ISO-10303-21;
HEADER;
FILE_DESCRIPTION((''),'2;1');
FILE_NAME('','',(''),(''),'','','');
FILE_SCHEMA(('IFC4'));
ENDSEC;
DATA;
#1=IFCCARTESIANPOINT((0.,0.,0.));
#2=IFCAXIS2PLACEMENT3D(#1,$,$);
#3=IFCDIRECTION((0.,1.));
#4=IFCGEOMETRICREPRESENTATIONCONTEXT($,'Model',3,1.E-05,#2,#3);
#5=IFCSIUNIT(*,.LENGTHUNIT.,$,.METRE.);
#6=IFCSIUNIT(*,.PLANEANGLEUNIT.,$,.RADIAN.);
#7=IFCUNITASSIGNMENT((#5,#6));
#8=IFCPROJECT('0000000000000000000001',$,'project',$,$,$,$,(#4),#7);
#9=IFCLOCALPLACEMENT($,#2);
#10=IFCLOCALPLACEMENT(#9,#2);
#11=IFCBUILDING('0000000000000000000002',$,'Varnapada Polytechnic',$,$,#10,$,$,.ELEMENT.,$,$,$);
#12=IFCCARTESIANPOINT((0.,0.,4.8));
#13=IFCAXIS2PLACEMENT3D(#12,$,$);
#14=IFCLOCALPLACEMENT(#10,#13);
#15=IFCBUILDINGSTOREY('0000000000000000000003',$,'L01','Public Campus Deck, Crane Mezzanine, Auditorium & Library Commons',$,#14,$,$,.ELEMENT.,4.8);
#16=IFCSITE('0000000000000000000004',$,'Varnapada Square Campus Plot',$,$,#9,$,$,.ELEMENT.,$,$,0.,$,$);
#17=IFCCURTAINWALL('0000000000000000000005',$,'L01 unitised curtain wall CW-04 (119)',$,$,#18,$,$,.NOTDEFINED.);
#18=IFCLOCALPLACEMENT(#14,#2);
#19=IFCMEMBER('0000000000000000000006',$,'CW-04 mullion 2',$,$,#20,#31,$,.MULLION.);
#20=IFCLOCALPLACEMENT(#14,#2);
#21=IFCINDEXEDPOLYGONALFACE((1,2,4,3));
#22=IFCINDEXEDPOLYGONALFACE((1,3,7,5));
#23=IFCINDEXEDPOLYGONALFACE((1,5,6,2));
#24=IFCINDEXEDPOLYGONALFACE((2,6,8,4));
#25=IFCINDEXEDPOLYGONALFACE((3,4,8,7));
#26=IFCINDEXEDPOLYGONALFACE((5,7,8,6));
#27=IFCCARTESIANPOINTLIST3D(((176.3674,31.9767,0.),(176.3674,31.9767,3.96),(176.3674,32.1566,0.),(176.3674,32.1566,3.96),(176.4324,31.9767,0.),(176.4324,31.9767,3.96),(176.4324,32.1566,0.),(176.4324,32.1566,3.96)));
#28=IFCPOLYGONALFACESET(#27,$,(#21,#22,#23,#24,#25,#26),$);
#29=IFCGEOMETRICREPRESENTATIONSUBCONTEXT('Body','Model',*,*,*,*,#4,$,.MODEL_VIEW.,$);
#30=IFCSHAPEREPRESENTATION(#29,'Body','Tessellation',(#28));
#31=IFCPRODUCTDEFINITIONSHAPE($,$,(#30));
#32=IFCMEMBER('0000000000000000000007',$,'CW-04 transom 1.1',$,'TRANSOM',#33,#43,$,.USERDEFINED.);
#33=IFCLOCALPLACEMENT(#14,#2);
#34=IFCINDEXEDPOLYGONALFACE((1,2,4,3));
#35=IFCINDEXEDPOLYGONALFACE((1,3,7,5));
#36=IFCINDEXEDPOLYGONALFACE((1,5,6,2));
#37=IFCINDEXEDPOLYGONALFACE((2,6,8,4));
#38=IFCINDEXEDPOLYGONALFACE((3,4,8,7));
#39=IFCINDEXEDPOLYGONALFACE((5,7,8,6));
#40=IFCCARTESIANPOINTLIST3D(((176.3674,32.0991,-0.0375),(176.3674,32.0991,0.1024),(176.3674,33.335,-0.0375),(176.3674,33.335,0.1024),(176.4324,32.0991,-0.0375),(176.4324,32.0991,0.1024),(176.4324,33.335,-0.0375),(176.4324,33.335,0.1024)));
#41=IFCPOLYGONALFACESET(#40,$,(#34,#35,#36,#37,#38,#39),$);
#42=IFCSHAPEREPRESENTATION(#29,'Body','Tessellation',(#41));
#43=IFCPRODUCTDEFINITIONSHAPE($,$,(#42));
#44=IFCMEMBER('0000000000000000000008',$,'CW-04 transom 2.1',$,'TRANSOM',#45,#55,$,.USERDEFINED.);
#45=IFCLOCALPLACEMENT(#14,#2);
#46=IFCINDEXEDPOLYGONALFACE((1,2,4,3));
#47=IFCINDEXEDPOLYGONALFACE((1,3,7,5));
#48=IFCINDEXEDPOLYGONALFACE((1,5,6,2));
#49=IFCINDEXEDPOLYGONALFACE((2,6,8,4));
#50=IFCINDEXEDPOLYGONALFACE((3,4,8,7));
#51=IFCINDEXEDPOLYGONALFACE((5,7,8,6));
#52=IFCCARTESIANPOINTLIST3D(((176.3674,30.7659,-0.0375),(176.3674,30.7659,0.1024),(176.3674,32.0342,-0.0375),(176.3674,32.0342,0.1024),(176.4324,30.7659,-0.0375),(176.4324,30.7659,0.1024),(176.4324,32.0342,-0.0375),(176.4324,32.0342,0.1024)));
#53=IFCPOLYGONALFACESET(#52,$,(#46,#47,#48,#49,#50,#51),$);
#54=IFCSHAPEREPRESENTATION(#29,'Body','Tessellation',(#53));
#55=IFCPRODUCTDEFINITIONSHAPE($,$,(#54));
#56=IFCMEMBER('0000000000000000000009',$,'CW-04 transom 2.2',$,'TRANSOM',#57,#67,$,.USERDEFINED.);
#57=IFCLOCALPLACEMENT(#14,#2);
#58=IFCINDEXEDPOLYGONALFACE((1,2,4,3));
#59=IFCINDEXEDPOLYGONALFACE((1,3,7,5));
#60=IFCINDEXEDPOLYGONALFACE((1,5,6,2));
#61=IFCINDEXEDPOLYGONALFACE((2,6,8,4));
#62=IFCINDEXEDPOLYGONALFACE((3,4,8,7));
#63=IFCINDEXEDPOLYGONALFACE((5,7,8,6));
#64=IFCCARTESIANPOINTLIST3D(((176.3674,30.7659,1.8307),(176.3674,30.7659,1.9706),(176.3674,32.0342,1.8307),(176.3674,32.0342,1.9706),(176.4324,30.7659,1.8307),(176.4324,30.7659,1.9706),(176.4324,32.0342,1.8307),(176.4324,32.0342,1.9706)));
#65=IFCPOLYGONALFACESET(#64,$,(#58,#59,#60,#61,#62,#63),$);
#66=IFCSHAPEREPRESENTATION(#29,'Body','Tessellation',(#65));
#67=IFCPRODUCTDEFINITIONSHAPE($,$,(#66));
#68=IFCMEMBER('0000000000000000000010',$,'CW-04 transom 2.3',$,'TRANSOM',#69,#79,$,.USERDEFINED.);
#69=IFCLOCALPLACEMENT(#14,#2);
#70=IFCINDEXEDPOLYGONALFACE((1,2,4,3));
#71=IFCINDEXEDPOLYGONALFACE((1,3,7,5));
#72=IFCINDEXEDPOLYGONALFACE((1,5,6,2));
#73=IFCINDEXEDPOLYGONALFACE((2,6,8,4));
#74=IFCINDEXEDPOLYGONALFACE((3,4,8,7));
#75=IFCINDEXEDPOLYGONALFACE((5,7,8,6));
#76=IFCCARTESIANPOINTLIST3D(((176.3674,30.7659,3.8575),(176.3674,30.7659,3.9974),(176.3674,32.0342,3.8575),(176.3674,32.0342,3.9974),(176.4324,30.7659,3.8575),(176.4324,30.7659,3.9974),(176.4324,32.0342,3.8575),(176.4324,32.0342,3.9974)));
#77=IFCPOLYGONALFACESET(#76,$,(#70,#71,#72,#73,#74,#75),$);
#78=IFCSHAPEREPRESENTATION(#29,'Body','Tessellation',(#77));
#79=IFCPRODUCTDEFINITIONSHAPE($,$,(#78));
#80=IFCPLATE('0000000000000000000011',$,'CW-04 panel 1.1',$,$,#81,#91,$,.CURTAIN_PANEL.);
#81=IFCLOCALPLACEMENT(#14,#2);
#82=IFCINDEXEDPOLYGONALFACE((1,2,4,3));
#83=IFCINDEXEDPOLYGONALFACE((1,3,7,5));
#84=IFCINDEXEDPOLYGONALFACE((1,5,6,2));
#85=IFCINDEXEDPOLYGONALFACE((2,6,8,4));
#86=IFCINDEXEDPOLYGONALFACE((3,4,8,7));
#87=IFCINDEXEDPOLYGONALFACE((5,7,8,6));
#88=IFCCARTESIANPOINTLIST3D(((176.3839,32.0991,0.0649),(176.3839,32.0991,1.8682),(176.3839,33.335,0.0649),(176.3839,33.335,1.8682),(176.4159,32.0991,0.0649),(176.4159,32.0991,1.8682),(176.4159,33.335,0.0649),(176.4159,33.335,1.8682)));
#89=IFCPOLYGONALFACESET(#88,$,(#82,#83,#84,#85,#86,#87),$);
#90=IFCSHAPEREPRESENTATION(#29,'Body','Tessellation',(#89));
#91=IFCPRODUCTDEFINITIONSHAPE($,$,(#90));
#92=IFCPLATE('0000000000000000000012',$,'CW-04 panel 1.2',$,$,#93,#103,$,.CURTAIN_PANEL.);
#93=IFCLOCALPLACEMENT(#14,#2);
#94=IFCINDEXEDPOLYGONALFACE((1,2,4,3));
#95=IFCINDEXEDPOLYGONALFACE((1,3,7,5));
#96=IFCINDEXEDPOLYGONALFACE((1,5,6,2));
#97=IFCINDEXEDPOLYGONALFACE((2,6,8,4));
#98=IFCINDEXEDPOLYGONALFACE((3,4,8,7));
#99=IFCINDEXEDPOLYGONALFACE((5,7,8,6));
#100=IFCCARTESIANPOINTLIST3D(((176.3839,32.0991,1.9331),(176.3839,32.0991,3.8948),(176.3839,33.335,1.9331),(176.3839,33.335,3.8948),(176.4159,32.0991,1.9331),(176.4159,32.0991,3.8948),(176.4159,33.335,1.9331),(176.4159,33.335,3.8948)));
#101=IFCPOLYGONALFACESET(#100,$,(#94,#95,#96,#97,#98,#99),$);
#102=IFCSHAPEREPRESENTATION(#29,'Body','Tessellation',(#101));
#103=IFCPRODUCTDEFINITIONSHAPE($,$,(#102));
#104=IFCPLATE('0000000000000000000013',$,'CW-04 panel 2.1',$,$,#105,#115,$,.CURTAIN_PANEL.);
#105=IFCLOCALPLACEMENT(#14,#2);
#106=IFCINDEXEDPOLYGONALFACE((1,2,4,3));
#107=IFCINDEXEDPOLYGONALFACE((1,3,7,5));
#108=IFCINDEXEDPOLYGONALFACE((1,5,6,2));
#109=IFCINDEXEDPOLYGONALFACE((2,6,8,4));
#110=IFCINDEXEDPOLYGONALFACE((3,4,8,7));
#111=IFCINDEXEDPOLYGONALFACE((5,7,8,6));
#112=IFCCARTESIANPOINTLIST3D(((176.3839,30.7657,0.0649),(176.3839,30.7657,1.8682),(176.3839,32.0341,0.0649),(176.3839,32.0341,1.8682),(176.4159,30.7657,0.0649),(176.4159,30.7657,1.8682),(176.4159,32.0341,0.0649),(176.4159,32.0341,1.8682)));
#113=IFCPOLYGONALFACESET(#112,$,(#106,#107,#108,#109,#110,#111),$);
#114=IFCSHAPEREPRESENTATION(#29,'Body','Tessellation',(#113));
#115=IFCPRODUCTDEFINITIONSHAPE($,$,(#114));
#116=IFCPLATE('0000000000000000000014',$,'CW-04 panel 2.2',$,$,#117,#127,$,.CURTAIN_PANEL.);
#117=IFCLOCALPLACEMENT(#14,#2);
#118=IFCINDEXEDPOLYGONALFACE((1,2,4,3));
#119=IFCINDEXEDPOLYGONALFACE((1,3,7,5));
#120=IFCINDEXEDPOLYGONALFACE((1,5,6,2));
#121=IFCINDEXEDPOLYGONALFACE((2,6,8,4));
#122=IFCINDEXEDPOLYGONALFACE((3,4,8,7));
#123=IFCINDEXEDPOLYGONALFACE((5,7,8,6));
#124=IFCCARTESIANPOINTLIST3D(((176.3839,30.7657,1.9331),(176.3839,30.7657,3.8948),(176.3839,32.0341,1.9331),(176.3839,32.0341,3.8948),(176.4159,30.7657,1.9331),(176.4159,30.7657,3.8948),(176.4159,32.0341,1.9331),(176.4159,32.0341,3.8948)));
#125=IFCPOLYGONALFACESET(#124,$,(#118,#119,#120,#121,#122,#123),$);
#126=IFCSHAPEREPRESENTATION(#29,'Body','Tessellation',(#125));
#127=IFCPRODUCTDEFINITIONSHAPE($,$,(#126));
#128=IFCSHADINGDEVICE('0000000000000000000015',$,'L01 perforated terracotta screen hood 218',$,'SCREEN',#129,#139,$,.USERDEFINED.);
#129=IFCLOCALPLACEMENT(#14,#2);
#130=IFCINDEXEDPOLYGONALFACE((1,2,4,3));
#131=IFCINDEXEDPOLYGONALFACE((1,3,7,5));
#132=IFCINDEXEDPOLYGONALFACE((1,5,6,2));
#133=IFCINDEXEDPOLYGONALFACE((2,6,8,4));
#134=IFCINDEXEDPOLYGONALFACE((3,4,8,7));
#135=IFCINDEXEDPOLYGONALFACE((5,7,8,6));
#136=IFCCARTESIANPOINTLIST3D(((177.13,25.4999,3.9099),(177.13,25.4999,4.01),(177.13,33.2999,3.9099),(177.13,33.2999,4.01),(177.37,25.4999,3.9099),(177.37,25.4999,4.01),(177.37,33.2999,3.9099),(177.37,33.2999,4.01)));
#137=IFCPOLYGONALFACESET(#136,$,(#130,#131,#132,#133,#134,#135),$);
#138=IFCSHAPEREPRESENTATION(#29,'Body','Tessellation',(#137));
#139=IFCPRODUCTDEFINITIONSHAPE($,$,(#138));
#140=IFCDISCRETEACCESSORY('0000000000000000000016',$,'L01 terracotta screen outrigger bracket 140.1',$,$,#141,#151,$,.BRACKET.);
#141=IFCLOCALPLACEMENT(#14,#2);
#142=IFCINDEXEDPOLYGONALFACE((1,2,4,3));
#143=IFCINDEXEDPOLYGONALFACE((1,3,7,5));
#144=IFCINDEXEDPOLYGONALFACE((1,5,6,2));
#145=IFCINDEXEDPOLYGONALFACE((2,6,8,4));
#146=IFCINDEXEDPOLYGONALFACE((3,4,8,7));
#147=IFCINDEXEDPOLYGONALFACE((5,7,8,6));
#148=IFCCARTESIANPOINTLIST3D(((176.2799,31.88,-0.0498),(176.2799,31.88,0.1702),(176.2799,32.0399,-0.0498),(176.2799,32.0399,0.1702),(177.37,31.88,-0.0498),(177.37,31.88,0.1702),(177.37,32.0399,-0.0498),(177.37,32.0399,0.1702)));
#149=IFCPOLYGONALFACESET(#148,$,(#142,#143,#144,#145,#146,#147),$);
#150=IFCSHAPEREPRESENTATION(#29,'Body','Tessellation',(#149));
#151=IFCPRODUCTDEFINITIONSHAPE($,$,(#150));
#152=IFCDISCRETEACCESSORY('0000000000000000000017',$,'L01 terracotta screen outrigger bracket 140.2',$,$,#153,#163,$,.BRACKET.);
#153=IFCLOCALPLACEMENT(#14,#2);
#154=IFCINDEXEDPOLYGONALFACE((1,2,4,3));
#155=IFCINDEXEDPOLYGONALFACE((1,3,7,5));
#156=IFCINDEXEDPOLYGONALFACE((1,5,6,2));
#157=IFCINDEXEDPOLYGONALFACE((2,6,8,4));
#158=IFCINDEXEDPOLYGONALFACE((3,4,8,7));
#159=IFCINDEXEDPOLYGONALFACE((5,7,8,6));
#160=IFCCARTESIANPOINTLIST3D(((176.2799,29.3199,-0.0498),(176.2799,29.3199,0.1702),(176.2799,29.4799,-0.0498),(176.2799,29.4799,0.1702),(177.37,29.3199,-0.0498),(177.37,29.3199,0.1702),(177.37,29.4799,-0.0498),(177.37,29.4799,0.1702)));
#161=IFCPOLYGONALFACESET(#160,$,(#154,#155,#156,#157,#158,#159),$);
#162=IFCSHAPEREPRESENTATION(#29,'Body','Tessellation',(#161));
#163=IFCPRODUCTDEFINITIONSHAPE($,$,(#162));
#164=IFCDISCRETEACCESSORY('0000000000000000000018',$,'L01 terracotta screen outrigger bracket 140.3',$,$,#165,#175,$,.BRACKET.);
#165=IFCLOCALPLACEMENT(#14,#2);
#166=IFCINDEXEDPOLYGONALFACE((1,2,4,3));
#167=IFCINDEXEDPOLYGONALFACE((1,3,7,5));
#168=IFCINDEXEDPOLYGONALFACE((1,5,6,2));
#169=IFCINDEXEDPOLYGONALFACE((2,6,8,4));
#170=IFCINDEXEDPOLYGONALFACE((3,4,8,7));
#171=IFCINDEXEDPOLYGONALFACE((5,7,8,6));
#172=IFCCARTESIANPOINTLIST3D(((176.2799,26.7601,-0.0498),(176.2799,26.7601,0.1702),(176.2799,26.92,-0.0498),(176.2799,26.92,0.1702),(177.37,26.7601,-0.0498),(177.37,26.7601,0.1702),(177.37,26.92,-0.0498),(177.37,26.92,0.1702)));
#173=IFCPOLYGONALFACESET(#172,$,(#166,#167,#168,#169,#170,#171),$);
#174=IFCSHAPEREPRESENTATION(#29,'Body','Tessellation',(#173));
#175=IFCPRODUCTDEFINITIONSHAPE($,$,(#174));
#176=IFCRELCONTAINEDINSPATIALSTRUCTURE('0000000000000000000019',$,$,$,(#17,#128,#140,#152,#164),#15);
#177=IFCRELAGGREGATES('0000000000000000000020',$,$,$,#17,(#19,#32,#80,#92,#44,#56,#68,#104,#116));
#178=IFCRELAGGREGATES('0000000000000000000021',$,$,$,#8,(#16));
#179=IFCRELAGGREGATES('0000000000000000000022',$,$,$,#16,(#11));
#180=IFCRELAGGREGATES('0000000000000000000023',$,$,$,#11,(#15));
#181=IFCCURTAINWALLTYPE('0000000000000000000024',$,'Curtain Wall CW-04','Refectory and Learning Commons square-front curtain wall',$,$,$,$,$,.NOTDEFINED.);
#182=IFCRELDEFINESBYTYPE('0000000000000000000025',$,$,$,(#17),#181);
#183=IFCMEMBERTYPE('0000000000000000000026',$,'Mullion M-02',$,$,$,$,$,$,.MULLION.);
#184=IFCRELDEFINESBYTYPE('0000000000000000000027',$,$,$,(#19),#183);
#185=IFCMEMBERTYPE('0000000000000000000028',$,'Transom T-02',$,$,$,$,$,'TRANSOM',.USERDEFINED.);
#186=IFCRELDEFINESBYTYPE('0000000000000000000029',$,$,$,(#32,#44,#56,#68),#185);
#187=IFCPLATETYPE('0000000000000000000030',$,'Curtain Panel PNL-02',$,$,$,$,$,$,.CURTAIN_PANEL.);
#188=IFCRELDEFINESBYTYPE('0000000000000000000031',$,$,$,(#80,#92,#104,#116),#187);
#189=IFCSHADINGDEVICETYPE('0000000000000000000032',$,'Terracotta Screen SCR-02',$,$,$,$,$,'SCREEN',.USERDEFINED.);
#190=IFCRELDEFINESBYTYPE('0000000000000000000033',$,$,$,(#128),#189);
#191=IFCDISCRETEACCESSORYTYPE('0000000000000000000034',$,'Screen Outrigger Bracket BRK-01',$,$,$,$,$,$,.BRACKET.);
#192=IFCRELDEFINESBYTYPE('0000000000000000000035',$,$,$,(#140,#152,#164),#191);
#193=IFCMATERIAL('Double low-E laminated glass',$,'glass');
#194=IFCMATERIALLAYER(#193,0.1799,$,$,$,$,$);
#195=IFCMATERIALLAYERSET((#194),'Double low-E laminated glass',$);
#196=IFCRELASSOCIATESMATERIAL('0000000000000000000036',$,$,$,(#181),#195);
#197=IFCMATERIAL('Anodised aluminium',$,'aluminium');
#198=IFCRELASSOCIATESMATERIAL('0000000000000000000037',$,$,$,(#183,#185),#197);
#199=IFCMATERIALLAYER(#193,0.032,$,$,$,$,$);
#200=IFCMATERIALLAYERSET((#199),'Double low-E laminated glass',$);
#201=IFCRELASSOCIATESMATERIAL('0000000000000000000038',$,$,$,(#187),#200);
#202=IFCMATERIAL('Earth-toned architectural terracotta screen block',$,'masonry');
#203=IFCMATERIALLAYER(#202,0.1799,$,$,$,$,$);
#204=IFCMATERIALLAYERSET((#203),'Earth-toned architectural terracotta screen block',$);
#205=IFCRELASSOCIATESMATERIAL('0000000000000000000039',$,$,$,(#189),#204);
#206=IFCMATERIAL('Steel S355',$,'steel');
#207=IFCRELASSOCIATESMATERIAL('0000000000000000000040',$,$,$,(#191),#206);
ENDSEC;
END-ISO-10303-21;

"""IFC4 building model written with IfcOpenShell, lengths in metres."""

from ifc_helpers import new_model, si_unit, direction, frame, origin, origin_2d, place, context, subcontext, project, spatial, rectangle, extrude, material, layer, layer_set, material_profile, profile_set, type_object, element, aggregate, save


model = new_model("IFC4")

# Units and contexts
model_context = context("Model", 3, precision=1e-05, world=origin(), true_north=direction((0.0, 1.0)))
body_context = subcontext(model_context, "Body", "Model", "MODEL_VIEW")
ifc_project = project(units=[si_unit("LENGTHUNIT", "METRE"), si_unit("PLANEANGLEUNIT", "RADIAN")], contexts=[model_context])

# Site, building, storey
site_placement = place(None, origin())
site = spatial("IfcSite", under=ifc_project, at=site_placement, Name="Varnapada Square Campus Plot", CompositionType="ELEMENT", RefElevation=0.0)
building_placement = place(site_placement, origin())
building = spatial("IfcBuilding", under=site, at=building_placement, Name="Varnapada Polytechnic", CompositionType="ELEMENT")
storey_placement = place(building_placement, frame((0.0, 0.0, 4.8)))
storey = spatial("IfcBuildingStorey", under=building, at=storey_placement, Name="L01", Description="Public Campus Deck, Crane Mezzanine, Auditorium & Library Commons", CompositionType="ELEMENT", Elevation=4.8)

# Curtain wall, members, plates
ifc_material_1 = material(Name="Double low-E laminated glass", Category="glass")
ifc_layer_1 = layer(ifc_material_1, 0.1799)
ifc_layer_set_1 = layer_set([ifc_layer_1], Name="Double low-E laminated glass")
curtain_wall_type = type_object("IfcCurtainWallType", Name="Curtain Wall CW-04", Description="Refectory and Learning Commons square-front curtain wall", PredefinedType="NOTDEFINED", material=ifc_layer_set_1)
curtain_wall_placement = place(storey_placement, origin())
curtain_wall = element("IfcCurtainWall", 1, at=curtain_wall_placement, inside=storey, type_object=curtain_wall_type, Name="L01 unitised curtain wall CW-04 (119)", PredefinedType="NOTDEFINED")
ifc_material_2 = material(Name="Anodised aluminium", Category="aluminium")
ifc_material_profile_1 = material_profile(ifc_material_2, rectangle(XDim=0.0649, YDim=0.1799, at=origin_2d()), Name="ALU M65x180")
ifc_profile_set_1 = profile_set([ifc_material_profile_1], Name="Anodised aluminium")
member_type_1 = type_object("IfcMemberType", Name="Mullion M-02", PredefinedType="MULLION", material=ifc_profile_set_1)
member_1_placement = place(storey_placement, frame((176.3999, 32.0667, 0.0), z_axis=(0.0, 0.0, 1.0), x_axis=(1.0, 0.0, 0.0)))
member_1 = element("IfcMember", 2, at=member_1_placement, type_object=member_type_1, Name="CW-04 mullion 2", PredefinedType="MULLION", context=body_context, shape_type="SweptSolid", body=[
    extrude(rectangle(XDim=0.0649, YDim=0.1799, at=origin_2d()), origin(), (0.0, 0.0, 1.0), 3.96),
])
ifc_material_profile_2 = material_profile(ifc_material_2, rectangle(XDim=0.0649, YDim=0.1399, at=origin_2d()), Name="ALU T65x140")
ifc_profile_set_2 = profile_set([ifc_material_profile_2], Name="Anodised aluminium")
member_type_2 = type_object("IfcMemberType", Name="Transom T-02", ElementType="TRANSOM", PredefinedType="USERDEFINED", material=ifc_profile_set_2)
member_2_placement = place(storey_placement, frame((176.3999, 33.335, 0.0325), z_axis=(0.0, -1.0, 0.0), x_axis=(1.0, 0.0, 0.0)))
member_2 = element("IfcMember", 3, at=member_2_placement, type_object=member_type_2, Name="CW-04 transom 1.1", ObjectType="TRANSOM", PredefinedType="USERDEFINED", context=body_context, shape_type="SweptSolid", body=[
    extrude(rectangle(XDim=0.0649, YDim=0.1399, at=origin_2d()), origin(), (0.0, 0.0, 1.0), 1.2358),
])
member_3_placement = place(storey_placement, frame((176.3999, 32.0342, 0.0325), z_axis=(0.0, -1.0, 0.0), x_axis=(1.0, 0.0, 0.0)))
member_3 = element("IfcMember", 4, at=member_3_placement, type_object=member_type_2, Name="CW-04 transom 2.1", ObjectType="TRANSOM", PredefinedType="USERDEFINED", context=body_context, shape_type="SweptSolid", body=[
    extrude(rectangle(XDim=0.0649, YDim=0.1399, at=origin_2d()), origin(), (0.0, 0.0, 1.0), 1.2683),
])
member_4_placement = place(storey_placement, frame((176.3999, 32.0342, 1.9006), z_axis=(0.0, -1.0, 0.0), x_axis=(1.0, 0.0, 0.0)))
member_4 = element("IfcMember", 5, at=member_4_placement, type_object=member_type_2, Name="CW-04 transom 2.2", ObjectType="TRANSOM", PredefinedType="USERDEFINED", context=body_context, shape_type="SweptSolid", body=[
    extrude(rectangle(XDim=0.0649, YDim=0.1399, at=origin_2d()), origin(), (0.0, 0.0, 1.0), 1.2683),
])
member_5_placement = place(storey_placement, frame((176.3999, 32.0342, 3.9275), z_axis=(0.0, -1.0, 0.0), x_axis=(1.0, 0.0, 0.0)))
member_5 = element("IfcMember", 6, at=member_5_placement, type_object=member_type_2, Name="CW-04 transom 2.3", ObjectType="TRANSOM", PredefinedType="USERDEFINED", context=body_context, shape_type="SweptSolid", body=[
    extrude(rectangle(XDim=0.0649, YDim=0.1399, at=origin_2d()), origin(), (0.0, 0.0, 1.0), 1.2683),
])
ifc_layer_2 = layer(ifc_material_1, 0.032)
ifc_layer_set_2 = layer_set([ifc_layer_2], Name="Double low-E laminated glass")
plate_type = type_object("IfcPlateType", Name="Curtain Panel PNL-02", PredefinedType="CURTAIN_PANEL", material=ifc_layer_set_2)
plate_1_placement = place(storey_placement, frame((176.3999, 32.717, 0.0649), z_axis=(0.0, 0.0, 1.0), x_axis=(0.0, -1.0, 0.0)))
plate_1 = element("IfcPlate", 7, at=plate_1_placement, type_object=plate_type, Name="CW-04 panel 1.1", PredefinedType="CURTAIN_PANEL", context=body_context, shape_type="SweptSolid", body=[
    extrude(rectangle(XDim=1.2358, YDim=0.032, at=origin_2d()), origin(), (0.0, 0.0, 1.0), 1.8032),
])
plate_2_placement = place(storey_placement, frame((176.3999, 32.717, 1.9331), z_axis=(0.0, 0.0, 1.0), x_axis=(0.0, -1.0, 0.0)))
plate_2 = element("IfcPlate", 8, at=plate_2_placement, type_object=plate_type, Name="CW-04 panel 1.2", PredefinedType="CURTAIN_PANEL", context=body_context, shape_type="SweptSolid", body=[
    extrude(rectangle(XDim=1.2358, YDim=0.032, at=origin_2d()), origin(), (0.0, 0.0, 1.0), 1.9617),
])
plate_3_placement = place(storey_placement, frame((176.3999, 31.3999, 0.0649), z_axis=(0.0, 0.0, 1.0), x_axis=(0.0, -1.0, 0.0)))
plate_3 = element("IfcPlate", 9, at=plate_3_placement, type_object=plate_type, Name="CW-04 panel 2.1", PredefinedType="CURTAIN_PANEL", context=body_context, shape_type="SweptSolid", body=[
    extrude(rectangle(XDim=1.2683, YDim=0.032, at=origin_2d()), origin(), (0.0, 0.0, 1.0), 1.8032),
])
plate_4_placement = place(storey_placement, frame((176.3999, 31.3999, 1.9331), z_axis=(0.0, 0.0, 1.0), x_axis=(0.0, -1.0, 0.0)))
plate_4 = element("IfcPlate", 10, at=plate_4_placement, type_object=plate_type, Name="CW-04 panel 2.2", PredefinedType="CURTAIN_PANEL", context=body_context, shape_type="SweptSolid", body=[
    extrude(rectangle(XDim=1.2683, YDim=0.032, at=origin_2d()), origin(), (0.0, 0.0, 1.0), 1.9617),
])
aggregate(curtain_wall, [member_1, member_2, plate_1, plate_2, member_3, member_4, member_5, plate_3, plate_4])

# Shading device
ifc_material_3 = material(Name="Earth-toned architectural terracotta screen block", Category="masonry")
ifc_layer_3 = layer(ifc_material_3, 0.1799)
ifc_layer_set_3 = layer_set([ifc_layer_3], Name="Earth-toned architectural terracotta screen block")
shading_device_type = type_object("IfcShadingDeviceType", Name="Terracotta Screen SCR-02", ElementType="SCREEN", PredefinedType="USERDEFINED", material=ifc_layer_set_3)
shading_device_placement = place(storey_placement, frame((177.25, 29.3999, 3.9099), z_axis=(0.0, 0.0, 1.0), x_axis=(0.0, -1.0, 0.0)))
element("IfcShadingDevice", 11, at=shading_device_placement, inside=storey, type_object=shading_device_type, Name="L01 perforated terracotta screen hood 218", ObjectType="SCREEN", PredefinedType="USERDEFINED", context=body_context, shape_type="SweptSolid", body=[
    extrude(rectangle(XDim=7.8, YDim=0.24, at=origin_2d()), origin(), (0.0, 0.0, 1.0), 0.1001),
])

# Discrete accessories
ifc_material_4 = material(Name="Steel S355", Category="steel")
discrete_accessory_type = type_object("IfcDiscreteAccessoryType", Name="Screen Outrigger Bracket BRK-01", PredefinedType="BRACKET", material=ifc_material_4)
for number, where, z_axis, x_axis, name in (
    (12, (176.825, 31.96, -0.0498), (0.0, 0.0, 1.0), (0.0, -1.0, 0.0), "L01 terracotta screen outrigger bracket 140.1"),
    (13, (176.825, 29.3999, -0.0498), (0.0, 0.0, 1.0), (0.0, -1.0, 0.0), "L01 terracotta screen outrigger bracket 140.2"),
    (14, (176.825, 26.8401, -0.0498), (0.0, 0.0, 1.0), (0.0, -1.0, 0.0), "L01 terracotta screen outrigger bracket 140.3"),
):
    element("IfcDiscreteAccessory", number, at=place(storey_placement, frame(where, z_axis=z_axis, x_axis=x_axis)), inside=storey, type_object=discrete_accessory_type, Name=name, PredefinedType="BRACKET", context=body_context, shape_type="SweptSolid", body=[
        extrude(rectangle(XDim=0.1599, YDim=1.0901, at=origin_2d()), origin(), (0.0, 0.0, 1.0), 0.22),
    ])

save(model, "model.ifc")
